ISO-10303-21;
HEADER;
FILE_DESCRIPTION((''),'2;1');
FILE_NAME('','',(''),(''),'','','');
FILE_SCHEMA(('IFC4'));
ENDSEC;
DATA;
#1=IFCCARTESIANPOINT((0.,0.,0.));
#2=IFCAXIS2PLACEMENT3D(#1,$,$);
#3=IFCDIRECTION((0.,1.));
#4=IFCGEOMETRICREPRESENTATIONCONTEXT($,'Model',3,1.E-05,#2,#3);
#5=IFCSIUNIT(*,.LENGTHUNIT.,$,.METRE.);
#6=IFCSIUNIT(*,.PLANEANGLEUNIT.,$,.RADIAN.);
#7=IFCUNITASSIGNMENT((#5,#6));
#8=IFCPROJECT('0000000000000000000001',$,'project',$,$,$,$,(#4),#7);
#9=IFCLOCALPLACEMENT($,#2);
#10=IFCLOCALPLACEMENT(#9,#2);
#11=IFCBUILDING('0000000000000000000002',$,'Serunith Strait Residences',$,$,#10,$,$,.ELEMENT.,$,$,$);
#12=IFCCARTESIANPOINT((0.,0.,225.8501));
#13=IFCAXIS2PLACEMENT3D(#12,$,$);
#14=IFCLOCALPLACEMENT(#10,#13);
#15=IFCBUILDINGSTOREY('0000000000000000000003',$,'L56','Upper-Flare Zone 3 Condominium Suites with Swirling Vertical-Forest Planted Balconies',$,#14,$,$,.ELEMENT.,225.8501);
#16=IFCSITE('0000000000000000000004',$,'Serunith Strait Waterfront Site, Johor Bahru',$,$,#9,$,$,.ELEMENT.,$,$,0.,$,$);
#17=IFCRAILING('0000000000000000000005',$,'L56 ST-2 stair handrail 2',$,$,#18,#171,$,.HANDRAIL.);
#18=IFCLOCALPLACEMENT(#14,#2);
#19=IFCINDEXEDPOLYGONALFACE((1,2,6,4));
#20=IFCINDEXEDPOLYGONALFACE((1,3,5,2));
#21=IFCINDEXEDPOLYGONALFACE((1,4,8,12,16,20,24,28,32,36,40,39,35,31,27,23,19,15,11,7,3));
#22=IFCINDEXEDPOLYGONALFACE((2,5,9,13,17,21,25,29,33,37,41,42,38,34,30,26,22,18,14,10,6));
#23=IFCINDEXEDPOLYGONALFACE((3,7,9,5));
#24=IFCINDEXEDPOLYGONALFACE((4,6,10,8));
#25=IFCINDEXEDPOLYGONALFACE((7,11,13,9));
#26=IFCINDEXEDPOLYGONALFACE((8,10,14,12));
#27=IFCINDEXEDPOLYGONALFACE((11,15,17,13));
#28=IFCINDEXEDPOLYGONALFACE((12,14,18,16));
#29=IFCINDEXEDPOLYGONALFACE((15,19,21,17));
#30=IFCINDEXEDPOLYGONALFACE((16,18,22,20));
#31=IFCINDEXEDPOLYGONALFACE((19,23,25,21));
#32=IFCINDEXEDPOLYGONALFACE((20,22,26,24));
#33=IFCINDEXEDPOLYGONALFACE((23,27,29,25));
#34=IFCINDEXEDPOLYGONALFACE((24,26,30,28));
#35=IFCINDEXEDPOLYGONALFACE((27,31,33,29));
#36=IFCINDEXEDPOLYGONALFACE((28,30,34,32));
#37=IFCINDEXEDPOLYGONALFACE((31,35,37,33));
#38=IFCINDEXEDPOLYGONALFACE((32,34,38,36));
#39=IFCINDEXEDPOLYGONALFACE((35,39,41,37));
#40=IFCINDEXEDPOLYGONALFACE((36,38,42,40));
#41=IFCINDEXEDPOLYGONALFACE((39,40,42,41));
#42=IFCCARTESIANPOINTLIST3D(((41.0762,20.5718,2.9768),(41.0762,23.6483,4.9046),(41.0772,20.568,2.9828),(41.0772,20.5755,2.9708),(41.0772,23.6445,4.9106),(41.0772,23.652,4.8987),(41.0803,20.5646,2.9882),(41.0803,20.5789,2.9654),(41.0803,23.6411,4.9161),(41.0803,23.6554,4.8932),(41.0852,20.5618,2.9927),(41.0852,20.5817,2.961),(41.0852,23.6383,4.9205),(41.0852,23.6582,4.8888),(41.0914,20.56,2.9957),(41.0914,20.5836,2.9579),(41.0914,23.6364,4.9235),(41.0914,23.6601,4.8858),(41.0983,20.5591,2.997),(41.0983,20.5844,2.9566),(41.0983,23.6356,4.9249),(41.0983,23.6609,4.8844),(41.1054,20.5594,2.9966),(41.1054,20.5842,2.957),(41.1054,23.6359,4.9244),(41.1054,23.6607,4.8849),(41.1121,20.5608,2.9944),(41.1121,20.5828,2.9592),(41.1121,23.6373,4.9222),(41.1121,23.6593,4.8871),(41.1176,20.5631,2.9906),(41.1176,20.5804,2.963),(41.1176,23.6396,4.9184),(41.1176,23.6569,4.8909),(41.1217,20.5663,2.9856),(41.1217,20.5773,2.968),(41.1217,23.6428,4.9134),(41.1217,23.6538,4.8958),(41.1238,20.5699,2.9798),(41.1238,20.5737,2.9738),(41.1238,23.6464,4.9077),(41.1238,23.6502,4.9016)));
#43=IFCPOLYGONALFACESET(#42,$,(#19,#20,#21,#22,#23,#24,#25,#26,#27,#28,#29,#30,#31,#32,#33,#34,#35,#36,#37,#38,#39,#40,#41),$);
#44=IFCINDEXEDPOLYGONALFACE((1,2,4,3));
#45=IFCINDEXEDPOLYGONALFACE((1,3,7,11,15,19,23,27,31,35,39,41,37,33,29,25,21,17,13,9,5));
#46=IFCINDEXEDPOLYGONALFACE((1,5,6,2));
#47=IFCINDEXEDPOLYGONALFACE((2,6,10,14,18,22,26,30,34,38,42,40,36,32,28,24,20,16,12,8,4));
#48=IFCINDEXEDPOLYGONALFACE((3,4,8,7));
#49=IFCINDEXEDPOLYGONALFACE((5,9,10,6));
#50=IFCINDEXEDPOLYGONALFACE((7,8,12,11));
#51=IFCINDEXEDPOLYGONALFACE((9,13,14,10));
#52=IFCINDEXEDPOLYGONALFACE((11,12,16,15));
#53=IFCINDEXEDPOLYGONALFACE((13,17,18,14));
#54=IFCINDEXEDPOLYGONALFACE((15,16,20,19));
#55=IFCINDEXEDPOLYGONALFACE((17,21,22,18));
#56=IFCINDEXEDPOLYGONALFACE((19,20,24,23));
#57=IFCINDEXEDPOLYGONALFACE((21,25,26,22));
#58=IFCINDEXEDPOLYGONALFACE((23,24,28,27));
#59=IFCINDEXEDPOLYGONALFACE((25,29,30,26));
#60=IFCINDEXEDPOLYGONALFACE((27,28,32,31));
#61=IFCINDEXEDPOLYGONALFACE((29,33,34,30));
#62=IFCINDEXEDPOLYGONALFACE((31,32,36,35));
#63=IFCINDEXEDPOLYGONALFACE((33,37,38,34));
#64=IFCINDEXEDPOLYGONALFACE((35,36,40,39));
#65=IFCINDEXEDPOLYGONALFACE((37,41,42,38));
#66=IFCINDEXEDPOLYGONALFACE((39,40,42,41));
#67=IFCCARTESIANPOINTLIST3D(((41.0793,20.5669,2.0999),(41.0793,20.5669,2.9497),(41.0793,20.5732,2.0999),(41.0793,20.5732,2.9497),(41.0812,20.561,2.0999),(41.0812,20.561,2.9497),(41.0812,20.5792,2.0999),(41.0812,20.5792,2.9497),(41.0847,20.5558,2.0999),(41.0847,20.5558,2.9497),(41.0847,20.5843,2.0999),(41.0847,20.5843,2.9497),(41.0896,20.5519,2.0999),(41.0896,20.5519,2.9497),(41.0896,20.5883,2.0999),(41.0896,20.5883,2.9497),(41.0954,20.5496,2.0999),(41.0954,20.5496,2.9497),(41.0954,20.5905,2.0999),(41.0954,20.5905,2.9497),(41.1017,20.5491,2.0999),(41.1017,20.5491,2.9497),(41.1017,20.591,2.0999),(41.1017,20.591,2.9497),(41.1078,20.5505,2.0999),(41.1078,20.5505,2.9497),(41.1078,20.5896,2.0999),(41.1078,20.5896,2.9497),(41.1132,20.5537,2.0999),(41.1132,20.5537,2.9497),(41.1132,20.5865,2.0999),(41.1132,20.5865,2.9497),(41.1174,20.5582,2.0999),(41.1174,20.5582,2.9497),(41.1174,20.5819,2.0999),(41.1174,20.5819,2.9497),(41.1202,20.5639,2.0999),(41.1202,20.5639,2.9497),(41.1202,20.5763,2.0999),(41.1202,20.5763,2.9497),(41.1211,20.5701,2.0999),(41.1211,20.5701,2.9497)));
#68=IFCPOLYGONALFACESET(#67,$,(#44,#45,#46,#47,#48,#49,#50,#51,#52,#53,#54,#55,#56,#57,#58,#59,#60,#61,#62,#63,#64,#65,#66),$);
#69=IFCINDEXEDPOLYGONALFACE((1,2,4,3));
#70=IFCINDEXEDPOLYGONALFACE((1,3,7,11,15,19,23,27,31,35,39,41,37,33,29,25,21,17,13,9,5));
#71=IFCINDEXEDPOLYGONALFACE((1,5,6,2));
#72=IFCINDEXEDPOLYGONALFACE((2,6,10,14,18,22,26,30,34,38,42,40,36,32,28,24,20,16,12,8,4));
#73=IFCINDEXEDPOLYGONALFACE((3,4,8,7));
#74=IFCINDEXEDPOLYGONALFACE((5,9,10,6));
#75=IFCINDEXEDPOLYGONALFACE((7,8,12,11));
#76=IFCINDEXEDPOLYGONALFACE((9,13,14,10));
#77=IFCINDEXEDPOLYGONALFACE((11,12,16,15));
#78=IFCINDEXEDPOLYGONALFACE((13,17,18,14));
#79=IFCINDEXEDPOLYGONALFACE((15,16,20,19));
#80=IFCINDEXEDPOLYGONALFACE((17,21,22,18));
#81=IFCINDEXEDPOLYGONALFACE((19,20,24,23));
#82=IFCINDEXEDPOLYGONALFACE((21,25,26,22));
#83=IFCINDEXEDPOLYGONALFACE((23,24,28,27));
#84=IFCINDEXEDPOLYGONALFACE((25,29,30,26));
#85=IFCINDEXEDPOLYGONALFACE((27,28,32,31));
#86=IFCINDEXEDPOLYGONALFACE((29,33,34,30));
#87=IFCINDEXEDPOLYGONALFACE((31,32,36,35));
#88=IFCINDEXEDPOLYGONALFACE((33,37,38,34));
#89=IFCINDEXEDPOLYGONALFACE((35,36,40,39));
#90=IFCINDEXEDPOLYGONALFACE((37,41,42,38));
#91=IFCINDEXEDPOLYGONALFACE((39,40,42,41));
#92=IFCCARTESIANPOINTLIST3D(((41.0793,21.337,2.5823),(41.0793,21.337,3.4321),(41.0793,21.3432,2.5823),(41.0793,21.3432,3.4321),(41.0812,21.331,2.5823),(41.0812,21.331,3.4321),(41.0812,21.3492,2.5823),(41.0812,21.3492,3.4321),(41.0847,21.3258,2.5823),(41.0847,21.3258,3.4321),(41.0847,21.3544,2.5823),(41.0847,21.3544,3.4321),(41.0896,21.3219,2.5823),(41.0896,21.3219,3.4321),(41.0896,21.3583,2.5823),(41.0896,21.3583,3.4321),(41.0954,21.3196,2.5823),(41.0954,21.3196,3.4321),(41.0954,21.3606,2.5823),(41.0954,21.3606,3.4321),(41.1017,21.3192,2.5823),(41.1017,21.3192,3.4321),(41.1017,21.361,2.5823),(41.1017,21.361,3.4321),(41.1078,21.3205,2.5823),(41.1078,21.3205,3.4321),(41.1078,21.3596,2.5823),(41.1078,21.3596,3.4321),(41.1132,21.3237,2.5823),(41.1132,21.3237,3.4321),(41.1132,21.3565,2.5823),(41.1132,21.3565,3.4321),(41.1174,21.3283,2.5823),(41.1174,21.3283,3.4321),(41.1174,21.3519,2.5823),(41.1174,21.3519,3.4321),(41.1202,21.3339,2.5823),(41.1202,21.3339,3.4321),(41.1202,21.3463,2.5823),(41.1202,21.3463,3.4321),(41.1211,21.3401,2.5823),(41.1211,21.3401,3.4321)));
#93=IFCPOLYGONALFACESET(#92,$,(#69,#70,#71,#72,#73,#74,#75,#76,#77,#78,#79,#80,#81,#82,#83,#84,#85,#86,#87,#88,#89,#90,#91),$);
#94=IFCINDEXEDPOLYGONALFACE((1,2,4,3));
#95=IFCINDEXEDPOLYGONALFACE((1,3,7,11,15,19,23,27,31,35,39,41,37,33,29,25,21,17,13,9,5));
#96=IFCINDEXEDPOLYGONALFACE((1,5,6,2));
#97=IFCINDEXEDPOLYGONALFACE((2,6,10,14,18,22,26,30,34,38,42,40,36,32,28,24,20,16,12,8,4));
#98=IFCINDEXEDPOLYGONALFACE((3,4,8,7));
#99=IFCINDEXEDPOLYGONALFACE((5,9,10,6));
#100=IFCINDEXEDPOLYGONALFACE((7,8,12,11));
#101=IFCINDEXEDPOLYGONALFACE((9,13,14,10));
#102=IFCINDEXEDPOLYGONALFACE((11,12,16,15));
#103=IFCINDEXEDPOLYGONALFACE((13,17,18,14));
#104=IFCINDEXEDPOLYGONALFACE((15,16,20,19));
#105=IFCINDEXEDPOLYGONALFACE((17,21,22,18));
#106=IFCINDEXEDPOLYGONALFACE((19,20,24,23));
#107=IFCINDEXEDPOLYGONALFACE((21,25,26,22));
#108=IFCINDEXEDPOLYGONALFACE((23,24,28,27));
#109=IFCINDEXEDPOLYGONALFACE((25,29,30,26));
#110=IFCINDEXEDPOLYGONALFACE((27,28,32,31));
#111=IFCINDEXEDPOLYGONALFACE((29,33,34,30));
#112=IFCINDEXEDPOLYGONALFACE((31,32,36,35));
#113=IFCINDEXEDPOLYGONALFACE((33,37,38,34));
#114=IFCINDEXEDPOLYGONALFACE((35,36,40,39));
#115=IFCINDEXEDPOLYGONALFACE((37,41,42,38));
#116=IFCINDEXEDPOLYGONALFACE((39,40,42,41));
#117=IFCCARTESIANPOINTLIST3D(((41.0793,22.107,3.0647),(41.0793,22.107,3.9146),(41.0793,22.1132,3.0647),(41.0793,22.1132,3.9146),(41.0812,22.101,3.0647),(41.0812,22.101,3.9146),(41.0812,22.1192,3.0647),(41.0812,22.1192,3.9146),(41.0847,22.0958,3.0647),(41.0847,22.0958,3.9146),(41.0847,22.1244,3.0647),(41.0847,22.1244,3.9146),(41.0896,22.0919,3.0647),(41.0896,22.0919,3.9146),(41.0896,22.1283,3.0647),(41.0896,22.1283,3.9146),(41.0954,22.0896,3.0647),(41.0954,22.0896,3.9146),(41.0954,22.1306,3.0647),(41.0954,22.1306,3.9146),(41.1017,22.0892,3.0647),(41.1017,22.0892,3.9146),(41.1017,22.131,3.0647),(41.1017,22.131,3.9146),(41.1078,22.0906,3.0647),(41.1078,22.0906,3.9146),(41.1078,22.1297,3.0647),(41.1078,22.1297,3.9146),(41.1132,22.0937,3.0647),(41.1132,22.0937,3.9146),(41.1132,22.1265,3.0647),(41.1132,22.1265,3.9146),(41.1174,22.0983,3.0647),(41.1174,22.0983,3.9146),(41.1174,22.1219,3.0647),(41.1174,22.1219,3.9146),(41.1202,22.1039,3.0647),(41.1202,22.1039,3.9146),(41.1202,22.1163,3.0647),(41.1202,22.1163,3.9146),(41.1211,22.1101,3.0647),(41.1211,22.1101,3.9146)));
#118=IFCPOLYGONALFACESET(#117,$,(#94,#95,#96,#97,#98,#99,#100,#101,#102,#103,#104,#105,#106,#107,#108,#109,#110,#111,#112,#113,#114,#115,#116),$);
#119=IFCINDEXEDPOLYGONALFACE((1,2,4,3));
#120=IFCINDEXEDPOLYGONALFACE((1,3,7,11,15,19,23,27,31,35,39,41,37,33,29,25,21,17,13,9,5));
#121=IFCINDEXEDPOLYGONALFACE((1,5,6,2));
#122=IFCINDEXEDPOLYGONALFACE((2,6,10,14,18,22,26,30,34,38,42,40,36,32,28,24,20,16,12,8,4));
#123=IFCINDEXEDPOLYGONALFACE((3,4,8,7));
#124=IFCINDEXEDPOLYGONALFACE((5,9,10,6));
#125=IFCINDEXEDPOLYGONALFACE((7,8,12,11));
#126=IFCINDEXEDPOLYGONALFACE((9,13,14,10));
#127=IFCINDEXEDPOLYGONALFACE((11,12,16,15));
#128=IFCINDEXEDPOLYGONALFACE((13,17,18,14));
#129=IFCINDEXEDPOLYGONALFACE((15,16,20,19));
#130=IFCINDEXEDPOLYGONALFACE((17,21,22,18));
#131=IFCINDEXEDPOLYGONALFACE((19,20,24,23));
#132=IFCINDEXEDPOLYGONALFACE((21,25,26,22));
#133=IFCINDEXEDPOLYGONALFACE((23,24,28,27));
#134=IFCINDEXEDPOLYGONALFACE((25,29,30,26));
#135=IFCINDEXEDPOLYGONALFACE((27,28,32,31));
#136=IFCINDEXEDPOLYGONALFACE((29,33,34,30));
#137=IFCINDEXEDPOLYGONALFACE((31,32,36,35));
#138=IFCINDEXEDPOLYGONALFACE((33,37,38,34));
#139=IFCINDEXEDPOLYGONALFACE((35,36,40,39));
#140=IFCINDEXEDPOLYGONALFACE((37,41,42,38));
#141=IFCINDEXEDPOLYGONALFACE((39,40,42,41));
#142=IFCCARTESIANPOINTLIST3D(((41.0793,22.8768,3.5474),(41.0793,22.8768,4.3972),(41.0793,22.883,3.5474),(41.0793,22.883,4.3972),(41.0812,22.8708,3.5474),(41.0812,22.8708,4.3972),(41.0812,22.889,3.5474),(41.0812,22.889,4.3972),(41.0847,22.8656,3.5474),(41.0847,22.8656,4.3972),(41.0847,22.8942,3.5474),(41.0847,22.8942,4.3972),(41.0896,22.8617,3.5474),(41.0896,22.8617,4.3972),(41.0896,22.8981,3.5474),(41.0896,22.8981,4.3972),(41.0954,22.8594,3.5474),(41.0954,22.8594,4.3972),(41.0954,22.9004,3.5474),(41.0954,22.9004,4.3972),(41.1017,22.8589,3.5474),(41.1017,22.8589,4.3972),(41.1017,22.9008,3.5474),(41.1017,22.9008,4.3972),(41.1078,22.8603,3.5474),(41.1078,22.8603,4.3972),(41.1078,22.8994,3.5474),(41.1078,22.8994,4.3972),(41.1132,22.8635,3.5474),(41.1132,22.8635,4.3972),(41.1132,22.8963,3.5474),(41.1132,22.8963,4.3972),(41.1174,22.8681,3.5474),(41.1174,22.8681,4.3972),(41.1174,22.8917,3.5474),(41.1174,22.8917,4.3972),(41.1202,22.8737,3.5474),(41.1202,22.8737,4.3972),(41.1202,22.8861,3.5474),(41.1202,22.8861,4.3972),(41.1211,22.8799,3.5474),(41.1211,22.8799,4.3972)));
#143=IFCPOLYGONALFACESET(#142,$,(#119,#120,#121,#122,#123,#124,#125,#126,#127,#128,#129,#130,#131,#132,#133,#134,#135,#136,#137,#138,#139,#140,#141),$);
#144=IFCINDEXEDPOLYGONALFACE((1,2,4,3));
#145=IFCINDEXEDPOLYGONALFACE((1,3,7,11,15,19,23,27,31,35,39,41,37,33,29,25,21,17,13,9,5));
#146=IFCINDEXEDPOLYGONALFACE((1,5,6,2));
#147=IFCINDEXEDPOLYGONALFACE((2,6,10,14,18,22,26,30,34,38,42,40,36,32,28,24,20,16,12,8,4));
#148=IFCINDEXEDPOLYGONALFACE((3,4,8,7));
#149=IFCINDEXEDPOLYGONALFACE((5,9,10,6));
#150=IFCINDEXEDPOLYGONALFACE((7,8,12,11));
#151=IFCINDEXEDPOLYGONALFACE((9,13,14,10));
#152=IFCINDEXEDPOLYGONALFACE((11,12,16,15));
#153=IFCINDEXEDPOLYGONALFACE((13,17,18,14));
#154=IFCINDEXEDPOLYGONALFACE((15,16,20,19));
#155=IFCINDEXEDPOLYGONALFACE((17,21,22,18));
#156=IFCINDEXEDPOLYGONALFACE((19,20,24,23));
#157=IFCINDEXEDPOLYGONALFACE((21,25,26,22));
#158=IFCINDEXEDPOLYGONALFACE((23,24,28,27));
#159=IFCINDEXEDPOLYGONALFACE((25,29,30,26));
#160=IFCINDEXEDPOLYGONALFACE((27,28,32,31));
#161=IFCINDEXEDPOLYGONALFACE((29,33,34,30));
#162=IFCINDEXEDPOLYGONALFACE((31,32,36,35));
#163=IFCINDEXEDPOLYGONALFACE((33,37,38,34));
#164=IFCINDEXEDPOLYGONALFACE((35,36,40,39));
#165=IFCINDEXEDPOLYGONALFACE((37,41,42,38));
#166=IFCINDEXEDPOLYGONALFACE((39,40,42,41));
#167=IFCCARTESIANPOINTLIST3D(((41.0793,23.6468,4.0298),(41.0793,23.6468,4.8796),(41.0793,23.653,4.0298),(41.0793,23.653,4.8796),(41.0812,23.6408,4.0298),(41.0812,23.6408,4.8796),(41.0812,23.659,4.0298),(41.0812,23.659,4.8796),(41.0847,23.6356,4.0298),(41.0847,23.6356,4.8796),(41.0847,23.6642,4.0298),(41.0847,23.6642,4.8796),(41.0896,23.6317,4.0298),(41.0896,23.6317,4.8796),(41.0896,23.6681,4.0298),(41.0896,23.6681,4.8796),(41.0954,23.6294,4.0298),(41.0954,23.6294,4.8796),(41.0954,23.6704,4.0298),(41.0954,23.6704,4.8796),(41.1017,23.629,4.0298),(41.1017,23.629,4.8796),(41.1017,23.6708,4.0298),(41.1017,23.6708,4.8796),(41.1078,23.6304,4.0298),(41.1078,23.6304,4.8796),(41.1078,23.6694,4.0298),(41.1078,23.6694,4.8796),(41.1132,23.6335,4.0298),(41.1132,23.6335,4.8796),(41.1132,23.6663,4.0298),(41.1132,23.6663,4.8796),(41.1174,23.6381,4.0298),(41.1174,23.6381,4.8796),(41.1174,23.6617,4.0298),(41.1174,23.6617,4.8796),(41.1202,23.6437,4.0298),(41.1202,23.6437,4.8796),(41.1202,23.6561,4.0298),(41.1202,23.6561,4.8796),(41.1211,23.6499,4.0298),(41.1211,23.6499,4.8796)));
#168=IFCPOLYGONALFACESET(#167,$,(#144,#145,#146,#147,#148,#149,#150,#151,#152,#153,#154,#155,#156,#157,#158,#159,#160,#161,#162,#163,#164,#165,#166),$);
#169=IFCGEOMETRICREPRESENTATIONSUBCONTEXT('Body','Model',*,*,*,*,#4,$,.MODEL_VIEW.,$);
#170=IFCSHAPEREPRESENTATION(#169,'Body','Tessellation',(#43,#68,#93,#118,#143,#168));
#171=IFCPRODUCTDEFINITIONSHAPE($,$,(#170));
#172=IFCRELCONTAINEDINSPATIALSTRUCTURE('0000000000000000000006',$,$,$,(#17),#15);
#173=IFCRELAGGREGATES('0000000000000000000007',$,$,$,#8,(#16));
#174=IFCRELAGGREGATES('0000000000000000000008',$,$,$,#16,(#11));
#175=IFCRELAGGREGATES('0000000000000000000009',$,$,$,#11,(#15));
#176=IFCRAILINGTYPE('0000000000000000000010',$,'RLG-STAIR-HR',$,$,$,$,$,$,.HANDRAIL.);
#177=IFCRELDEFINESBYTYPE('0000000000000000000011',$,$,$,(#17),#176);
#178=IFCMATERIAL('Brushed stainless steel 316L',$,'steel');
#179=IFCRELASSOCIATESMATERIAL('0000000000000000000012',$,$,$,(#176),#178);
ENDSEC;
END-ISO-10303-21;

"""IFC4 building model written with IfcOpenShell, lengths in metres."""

from ifc_helpers import new_model, si_unit, direction, frame, origin, origin_2d, place, context, subcontext, project, spatial, circle, extrude, material, type_object, element, save


model = new_model("IFC4")

# Units and contexts
model_context = context("Model", 3, precision=1e-05, world=origin(), true_north=direction((0.0, 1.0)))
body_context = subcontext(model_context, "Body", "Model", "MODEL_VIEW")
ifc_project = project(units=[si_unit("LENGTHUNIT", "METRE"), si_unit("PLANEANGLEUNIT", "RADIAN")], contexts=[model_context])

# Site, building, storey
site_placement = place(None, origin())
site = spatial("IfcSite", under=ifc_project, at=site_placement, Name="Serunith Strait Waterfront Site, Johor Bahru", CompositionType="ELEMENT", RefElevation=0.0)
building_placement = place(site_placement, origin())
building = spatial("IfcBuilding", under=site, at=building_placement, Name="Serunith Strait Residences", CompositionType="ELEMENT")
storey_placement = place(building_placement, frame((0.0, 0.0, 225.8501)))
storey = spatial("IfcBuildingStorey", under=building, at=storey_placement, Name="L56", Description="Upper-Flare Zone 3 Condominium Suites with Swirling Vertical-Forest Planted Balconies", CompositionType="ELEMENT", Elevation=225.8501)

# Railing
ifc_material_1 = material(Name="Brushed stainless steel 316L", Category="steel")
railing_type_1 = type_object("IfcRailingType", Name="RLG-STAIR-HR", PredefinedType="HANDRAIL", material=ifc_material_1)
railing_1_placement = place(storey_placement, frame((41.1001, 20.5701, 2.0999)))
element("IfcRailing", 1, at=railing_1_placement, inside=storey, type_object=railing_type_1, Name="L56 ST-2 stair handrail 2", PredefinedType="HANDRAIL", context=body_context, shape_type="SweptSolid", body=[
    extrude(circle(Radius=0.0239, at=origin_2d()), frame((0.0, 0.0017, 0.877), z_axis=(0.0, 0.847375, 0.530995), x_axis=(-1.0, 0.0, 0.0)), (0.0, 0.0, 1.0), 3.6306),
    extrude(circle(Radius=0.021, at=origin_2d()), origin(), (0.0, 0.0, 1.0), 0.8499),
    extrude(circle(Radius=0.021, at=origin_2d()), frame((0.0, 0.77, 0.4824)), (0.0, 0.0, 1.0), 0.8499),
    extrude(circle(Radius=0.021, at=origin_2d()), frame((0.0, 1.54, 0.9648)), (0.0, 0.0, 1.0), 0.8499),
    extrude(circle(Radius=0.021, at=origin_2d()), frame((0.0, 2.3098, 1.4475)), (0.0, 0.0, 1.0), 0.8499),
    extrude(circle(Radius=0.021, at=origin_2d()), frame((0.0, 3.0798, 1.9299)), (0.0, 0.0, 1.0), 0.8499),
])

save(model, "model.ifc")
